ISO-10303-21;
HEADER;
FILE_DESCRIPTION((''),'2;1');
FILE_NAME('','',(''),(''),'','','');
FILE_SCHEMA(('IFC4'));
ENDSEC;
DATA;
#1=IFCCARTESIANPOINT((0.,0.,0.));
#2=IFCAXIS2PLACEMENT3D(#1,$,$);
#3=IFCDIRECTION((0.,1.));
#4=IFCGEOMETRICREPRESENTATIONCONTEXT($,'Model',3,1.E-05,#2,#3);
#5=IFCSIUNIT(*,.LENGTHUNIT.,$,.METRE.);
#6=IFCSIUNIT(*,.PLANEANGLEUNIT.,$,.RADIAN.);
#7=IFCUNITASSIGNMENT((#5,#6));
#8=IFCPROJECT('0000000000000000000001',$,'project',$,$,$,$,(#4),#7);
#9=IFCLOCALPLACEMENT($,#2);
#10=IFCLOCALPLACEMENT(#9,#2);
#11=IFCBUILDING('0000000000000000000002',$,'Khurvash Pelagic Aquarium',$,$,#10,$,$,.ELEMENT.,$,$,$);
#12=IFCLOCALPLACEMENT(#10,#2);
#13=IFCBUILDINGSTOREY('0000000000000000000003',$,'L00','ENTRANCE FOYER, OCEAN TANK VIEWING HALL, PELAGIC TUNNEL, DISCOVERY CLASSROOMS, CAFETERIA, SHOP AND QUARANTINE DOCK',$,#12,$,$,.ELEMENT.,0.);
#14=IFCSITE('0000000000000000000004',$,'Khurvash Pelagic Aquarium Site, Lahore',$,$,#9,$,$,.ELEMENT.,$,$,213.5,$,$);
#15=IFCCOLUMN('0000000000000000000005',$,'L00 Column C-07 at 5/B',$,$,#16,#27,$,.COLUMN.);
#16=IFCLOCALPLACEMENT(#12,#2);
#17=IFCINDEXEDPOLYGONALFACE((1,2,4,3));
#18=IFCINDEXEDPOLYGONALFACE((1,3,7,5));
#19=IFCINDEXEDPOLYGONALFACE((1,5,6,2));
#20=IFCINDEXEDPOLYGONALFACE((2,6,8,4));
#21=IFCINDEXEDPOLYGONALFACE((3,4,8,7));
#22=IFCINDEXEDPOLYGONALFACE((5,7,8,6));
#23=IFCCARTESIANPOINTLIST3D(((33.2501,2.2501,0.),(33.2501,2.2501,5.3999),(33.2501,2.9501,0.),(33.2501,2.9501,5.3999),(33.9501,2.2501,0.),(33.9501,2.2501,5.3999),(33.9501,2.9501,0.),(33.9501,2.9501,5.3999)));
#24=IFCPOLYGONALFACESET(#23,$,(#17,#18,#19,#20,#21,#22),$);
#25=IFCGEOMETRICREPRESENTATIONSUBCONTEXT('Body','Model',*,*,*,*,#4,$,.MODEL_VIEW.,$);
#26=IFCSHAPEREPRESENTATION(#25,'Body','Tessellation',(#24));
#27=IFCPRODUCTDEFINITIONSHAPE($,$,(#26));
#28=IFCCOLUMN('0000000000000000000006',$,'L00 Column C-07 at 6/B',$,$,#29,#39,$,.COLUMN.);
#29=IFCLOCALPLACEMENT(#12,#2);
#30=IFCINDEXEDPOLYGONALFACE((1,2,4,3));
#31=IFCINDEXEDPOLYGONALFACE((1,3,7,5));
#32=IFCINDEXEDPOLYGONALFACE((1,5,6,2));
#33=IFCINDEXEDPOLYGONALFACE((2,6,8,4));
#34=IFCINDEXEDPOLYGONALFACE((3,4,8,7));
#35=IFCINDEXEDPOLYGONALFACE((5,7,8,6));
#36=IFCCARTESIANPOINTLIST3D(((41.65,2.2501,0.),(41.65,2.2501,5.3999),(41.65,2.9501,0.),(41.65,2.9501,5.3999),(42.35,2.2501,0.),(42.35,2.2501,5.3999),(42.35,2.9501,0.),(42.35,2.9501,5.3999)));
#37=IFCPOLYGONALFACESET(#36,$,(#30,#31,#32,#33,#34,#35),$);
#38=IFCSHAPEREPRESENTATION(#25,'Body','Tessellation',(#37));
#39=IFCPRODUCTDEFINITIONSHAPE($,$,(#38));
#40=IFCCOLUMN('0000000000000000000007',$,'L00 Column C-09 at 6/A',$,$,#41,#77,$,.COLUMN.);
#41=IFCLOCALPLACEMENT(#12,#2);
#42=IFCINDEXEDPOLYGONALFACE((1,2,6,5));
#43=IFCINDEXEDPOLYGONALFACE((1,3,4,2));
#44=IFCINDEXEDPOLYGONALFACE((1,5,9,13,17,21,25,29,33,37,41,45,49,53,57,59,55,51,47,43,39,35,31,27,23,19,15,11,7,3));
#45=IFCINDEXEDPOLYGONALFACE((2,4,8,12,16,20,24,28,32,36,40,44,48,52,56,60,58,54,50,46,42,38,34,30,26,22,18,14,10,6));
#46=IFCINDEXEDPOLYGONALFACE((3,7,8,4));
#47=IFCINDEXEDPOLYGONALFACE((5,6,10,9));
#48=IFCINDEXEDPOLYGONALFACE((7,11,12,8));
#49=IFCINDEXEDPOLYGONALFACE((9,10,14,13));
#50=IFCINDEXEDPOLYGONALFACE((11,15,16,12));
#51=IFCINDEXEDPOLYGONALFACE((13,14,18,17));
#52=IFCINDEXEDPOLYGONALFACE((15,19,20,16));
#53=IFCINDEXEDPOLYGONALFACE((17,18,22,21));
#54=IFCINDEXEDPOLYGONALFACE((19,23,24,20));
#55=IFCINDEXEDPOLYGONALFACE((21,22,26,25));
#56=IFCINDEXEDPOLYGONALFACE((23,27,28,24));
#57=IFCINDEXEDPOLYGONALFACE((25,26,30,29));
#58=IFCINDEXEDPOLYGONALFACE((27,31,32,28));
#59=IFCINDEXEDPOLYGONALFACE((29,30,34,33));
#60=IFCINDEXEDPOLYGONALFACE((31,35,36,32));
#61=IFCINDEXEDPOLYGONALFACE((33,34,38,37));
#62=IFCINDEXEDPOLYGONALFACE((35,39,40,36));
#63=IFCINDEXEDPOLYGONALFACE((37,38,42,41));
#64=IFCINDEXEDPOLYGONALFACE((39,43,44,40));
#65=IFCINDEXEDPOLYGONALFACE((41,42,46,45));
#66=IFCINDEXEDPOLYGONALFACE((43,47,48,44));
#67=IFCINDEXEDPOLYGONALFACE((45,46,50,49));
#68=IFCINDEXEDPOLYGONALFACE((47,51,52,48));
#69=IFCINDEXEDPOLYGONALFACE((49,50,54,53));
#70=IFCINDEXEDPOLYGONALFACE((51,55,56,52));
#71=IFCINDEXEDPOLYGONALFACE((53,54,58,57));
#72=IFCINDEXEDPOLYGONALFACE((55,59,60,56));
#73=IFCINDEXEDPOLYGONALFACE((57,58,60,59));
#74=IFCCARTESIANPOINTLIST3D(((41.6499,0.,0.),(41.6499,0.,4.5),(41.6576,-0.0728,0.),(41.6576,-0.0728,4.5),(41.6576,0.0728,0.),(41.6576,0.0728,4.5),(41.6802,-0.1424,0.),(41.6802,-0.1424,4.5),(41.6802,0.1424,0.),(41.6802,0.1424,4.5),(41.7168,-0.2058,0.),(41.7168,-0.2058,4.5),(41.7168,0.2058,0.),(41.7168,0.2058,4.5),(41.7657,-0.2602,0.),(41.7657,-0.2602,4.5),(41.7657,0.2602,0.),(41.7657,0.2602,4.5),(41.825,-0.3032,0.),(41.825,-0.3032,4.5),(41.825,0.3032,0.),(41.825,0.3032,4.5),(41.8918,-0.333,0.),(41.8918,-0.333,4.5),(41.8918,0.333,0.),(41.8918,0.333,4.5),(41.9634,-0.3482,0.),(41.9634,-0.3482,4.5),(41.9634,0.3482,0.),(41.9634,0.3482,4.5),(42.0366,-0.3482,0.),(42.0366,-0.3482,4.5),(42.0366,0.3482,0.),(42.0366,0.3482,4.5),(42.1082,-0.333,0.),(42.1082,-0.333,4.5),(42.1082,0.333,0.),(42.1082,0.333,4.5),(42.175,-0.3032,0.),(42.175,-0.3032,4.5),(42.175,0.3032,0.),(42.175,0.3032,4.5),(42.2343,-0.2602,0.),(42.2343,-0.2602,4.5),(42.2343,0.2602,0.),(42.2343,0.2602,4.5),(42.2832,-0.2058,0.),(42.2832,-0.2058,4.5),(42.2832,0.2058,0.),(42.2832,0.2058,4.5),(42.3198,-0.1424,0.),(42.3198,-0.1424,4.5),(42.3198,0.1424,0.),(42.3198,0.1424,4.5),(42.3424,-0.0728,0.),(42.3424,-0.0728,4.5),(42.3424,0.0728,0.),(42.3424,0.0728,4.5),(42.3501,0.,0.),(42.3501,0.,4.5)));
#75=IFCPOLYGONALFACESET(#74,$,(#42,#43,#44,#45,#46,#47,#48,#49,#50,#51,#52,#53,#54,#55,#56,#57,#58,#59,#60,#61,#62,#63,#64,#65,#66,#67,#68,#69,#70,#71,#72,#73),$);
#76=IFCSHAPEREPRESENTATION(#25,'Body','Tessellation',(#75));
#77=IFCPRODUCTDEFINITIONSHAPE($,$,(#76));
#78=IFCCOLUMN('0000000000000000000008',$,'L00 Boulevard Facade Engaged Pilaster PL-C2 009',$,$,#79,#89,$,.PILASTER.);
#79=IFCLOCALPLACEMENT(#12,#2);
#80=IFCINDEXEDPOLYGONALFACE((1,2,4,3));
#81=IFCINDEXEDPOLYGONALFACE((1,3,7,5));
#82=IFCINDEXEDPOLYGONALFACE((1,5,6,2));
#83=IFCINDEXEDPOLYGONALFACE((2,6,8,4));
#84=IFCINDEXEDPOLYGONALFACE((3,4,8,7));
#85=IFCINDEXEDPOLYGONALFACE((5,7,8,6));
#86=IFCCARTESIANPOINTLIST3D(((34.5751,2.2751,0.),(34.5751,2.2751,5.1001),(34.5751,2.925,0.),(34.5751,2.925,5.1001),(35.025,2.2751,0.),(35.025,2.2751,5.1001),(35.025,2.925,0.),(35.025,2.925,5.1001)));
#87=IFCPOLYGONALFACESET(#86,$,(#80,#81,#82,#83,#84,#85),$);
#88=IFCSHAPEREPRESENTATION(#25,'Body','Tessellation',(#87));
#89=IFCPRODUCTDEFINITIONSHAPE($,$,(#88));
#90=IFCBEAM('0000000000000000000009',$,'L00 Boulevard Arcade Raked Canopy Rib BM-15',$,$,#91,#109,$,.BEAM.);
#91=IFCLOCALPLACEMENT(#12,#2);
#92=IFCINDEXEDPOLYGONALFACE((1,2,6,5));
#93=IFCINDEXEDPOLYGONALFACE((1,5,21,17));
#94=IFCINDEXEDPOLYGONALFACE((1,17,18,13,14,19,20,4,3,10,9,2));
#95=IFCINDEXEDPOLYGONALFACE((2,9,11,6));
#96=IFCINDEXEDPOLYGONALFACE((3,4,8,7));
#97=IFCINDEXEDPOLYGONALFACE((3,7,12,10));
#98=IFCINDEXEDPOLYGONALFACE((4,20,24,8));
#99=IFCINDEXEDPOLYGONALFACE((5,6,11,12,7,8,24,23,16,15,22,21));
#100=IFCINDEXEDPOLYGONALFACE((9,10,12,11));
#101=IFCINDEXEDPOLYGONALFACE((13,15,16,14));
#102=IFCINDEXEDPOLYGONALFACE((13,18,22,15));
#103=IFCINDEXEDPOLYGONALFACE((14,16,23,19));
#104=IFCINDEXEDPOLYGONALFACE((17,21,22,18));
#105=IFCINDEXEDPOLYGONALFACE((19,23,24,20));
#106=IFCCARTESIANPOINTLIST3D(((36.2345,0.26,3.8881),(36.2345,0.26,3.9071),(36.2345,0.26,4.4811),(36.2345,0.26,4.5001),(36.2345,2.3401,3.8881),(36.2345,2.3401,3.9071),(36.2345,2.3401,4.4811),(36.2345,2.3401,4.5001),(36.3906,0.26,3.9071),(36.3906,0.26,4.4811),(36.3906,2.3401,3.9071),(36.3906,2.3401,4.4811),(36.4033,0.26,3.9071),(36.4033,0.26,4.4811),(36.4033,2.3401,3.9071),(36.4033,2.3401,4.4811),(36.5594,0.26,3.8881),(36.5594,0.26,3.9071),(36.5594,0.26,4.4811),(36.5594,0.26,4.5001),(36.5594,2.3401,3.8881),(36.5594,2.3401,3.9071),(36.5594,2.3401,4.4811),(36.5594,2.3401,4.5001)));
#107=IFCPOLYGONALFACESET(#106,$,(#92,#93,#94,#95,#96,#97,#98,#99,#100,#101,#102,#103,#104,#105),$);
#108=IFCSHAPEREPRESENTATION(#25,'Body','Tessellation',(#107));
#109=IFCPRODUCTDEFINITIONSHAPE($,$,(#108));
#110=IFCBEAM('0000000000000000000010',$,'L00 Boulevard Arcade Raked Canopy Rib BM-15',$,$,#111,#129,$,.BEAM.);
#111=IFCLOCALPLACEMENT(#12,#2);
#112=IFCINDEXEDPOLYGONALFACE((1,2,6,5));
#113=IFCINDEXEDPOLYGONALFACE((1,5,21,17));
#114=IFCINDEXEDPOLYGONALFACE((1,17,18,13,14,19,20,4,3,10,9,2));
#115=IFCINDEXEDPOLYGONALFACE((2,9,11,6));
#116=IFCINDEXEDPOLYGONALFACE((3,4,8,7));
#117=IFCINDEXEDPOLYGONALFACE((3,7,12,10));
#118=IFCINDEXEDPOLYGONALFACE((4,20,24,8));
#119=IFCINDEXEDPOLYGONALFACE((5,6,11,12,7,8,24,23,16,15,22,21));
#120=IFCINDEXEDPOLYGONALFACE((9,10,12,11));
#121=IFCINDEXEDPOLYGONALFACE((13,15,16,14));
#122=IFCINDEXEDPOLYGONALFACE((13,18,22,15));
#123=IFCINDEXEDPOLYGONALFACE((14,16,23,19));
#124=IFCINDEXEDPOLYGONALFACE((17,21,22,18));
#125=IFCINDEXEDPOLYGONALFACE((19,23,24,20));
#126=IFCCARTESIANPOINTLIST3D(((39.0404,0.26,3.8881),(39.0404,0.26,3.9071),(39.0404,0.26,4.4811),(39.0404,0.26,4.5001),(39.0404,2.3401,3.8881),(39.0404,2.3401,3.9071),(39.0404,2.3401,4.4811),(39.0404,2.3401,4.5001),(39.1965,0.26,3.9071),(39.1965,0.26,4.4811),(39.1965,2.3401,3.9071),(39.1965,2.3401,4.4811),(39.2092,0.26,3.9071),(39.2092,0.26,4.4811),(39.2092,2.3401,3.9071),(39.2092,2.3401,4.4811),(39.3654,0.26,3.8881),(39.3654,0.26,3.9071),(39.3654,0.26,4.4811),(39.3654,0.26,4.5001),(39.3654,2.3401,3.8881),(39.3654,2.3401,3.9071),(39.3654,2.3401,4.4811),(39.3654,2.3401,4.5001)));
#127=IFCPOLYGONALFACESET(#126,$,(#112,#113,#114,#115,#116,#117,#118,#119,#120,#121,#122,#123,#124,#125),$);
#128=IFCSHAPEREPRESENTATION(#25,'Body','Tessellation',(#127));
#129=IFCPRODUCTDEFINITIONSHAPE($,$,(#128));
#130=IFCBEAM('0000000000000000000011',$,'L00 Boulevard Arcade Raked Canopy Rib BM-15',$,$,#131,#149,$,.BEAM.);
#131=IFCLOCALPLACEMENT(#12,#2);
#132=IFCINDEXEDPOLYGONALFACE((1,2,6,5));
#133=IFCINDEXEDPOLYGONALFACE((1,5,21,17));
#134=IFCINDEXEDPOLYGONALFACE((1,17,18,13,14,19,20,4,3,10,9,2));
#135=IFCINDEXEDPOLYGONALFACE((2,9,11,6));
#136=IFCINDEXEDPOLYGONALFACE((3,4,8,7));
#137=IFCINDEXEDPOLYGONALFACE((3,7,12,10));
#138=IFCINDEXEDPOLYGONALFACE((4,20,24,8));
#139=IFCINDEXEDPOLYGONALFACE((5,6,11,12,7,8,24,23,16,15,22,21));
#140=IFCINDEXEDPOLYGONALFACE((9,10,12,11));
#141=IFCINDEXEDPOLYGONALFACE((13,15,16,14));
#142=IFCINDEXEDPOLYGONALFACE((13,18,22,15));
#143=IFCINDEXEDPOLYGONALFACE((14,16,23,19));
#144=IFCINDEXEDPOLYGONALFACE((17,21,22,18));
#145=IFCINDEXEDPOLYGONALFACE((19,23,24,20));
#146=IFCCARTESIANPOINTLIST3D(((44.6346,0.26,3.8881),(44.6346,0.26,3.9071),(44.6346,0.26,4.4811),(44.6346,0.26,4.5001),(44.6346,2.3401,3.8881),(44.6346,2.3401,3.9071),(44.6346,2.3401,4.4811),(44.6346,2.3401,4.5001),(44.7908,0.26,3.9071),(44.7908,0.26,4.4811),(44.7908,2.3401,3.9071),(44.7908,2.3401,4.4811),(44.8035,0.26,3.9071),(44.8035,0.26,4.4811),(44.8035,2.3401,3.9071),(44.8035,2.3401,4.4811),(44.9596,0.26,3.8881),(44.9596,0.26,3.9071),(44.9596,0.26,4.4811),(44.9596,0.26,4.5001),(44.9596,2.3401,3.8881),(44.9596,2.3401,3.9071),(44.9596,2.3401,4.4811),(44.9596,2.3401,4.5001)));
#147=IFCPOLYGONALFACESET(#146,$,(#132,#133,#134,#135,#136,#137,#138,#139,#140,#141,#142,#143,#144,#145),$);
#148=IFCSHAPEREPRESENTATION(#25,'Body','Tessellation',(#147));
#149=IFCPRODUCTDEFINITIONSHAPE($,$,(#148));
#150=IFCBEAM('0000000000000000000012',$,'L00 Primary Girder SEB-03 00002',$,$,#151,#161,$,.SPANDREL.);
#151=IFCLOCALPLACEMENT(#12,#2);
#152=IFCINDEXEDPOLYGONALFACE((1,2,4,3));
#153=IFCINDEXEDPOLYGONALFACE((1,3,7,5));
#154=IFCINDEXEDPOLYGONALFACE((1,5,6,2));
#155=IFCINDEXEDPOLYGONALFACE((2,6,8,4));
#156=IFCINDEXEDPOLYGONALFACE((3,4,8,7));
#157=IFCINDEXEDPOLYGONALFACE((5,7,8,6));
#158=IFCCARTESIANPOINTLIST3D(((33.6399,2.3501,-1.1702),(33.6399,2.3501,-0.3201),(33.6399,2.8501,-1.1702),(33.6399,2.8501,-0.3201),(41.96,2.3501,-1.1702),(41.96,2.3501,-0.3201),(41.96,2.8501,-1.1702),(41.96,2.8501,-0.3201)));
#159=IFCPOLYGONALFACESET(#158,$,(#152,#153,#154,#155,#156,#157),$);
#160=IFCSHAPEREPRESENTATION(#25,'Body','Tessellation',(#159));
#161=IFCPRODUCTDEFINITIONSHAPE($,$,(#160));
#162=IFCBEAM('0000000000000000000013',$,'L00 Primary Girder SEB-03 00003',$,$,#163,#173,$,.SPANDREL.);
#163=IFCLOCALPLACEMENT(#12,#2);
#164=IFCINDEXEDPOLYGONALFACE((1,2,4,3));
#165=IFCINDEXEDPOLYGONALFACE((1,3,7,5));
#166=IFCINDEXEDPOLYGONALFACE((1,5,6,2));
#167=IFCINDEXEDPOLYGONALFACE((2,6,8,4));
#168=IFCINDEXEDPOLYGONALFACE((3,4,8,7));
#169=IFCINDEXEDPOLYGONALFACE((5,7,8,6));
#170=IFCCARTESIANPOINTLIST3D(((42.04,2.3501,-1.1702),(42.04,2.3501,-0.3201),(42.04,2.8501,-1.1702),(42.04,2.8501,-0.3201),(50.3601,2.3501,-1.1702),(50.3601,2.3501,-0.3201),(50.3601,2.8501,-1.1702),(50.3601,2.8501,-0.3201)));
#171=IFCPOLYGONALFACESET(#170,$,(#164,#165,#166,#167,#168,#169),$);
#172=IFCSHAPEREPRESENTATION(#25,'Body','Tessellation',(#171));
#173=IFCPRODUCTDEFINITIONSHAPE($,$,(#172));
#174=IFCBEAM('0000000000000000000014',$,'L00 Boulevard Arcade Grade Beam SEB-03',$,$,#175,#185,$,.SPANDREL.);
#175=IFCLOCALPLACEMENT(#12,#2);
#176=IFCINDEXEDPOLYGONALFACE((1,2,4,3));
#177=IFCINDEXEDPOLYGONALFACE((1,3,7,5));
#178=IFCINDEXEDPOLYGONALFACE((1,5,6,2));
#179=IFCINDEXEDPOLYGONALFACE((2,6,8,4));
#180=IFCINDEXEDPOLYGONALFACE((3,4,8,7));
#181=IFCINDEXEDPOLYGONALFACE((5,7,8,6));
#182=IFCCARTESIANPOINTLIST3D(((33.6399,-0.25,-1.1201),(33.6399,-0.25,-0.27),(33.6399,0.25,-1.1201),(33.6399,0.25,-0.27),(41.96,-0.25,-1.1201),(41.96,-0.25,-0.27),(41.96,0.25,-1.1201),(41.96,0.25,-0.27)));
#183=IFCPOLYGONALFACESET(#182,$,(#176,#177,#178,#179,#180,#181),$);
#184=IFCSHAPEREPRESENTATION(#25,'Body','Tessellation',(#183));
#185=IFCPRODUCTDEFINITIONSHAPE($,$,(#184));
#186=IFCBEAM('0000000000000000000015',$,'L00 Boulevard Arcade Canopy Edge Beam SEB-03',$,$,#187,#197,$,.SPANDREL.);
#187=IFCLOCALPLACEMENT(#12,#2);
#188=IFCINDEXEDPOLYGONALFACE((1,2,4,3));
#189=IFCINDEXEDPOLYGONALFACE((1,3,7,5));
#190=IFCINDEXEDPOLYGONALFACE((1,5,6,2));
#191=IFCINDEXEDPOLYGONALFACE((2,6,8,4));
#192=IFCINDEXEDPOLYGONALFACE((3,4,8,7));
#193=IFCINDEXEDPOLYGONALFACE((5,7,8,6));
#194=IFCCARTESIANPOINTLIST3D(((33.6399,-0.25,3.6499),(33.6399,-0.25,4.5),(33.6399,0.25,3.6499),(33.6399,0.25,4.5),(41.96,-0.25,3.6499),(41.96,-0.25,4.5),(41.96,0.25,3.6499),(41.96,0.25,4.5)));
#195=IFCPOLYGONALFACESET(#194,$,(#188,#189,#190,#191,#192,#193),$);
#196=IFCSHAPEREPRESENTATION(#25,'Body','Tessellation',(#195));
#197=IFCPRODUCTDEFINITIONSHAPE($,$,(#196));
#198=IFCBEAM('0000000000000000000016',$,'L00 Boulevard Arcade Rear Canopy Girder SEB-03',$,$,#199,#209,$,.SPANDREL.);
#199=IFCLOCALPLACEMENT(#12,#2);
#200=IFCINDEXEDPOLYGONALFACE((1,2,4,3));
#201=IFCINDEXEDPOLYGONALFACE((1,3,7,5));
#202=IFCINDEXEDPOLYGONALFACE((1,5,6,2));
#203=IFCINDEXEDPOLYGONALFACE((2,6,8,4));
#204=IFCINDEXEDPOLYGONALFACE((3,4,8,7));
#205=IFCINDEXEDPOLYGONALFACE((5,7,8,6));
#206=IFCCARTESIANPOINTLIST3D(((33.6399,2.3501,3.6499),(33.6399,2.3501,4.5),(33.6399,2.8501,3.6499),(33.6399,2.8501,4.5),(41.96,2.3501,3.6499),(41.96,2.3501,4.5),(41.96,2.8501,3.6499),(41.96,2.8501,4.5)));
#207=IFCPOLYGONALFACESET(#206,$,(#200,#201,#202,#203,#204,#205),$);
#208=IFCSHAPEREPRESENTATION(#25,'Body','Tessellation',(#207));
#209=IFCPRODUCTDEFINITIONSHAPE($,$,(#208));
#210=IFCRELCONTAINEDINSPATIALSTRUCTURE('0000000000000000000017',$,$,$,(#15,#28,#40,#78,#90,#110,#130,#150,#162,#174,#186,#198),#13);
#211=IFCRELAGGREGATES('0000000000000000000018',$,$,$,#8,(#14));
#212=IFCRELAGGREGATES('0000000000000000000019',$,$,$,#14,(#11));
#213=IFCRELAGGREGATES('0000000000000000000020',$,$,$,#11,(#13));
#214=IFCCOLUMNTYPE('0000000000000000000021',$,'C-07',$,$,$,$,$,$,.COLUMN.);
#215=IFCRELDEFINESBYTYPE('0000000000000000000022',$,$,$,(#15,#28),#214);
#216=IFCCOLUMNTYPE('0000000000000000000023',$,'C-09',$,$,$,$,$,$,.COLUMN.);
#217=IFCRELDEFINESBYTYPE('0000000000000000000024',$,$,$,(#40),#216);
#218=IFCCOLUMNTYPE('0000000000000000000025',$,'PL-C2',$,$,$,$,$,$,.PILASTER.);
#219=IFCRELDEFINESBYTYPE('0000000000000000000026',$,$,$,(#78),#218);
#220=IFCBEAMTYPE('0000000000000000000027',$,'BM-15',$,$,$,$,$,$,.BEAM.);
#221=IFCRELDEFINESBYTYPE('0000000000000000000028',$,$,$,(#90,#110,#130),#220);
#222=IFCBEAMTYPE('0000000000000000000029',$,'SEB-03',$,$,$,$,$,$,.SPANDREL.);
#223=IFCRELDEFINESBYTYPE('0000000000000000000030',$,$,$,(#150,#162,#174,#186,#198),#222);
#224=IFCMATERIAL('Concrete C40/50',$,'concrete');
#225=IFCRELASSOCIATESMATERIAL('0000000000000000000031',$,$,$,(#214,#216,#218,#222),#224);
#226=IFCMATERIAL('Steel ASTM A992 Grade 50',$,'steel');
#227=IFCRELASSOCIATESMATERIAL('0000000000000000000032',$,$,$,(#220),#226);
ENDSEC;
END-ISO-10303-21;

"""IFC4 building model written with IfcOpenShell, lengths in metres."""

from ifc_helpers import new_model, si_unit, direction, frame, origin, origin_2d, place, context, subcontext, project, spatial, rectangle, circle, i_section, extrude, material, material_profile, profile_set, type_object, element, save


model = new_model("IFC4")

# Units and contexts
model_context = context("Model", 3, precision=1e-05, world=origin(), true_north=direction((0.0, 1.0)))
body_context = subcontext(model_context, "Body", "Model", "MODEL_VIEW")
ifc_project = project(units=[si_unit("LENGTHUNIT", "METRE"), si_unit("PLANEANGLEUNIT", "RADIAN")], contexts=[model_context])

# Site, building, storey
site_placement = place(None, origin())
site = spatial("IfcSite", under=ifc_project, at=site_placement, Name="Khurvash Pelagic Aquarium Site, Lahore", CompositionType="ELEMENT", RefElevation=213.5)
building_placement = place(site_placement, origin())
building = spatial("IfcBuilding", under=site, at=building_placement, Name="Khurvash Pelagic Aquarium", CompositionType="ELEMENT")
storey_placement = place(building_placement, origin())
storey = spatial("IfcBuildingStorey", under=building, at=storey_placement, Name="L00", Description="ENTRANCE FOYER, OCEAN TANK VIEWING HALL, PELAGIC TUNNEL, DISCOVERY CLASSROOMS, CAFETERIA, SHOP AND QUARANTINE DOCK", CompositionType="ELEMENT", Elevation=0.0)

# Columns
ifc_material_1 = material(Name="Concrete C40/50", Category="concrete")
ifc_material_profile_1 = material_profile(ifc_material_1, rectangle(XDim=0.7, YDim=0.7, at=origin_2d()), Name="RC700X700")
ifc_profile_set_1 = profile_set([ifc_material_profile_1], Name="Concrete C40/50")
column_type_1 = type_object("IfcColumnType", Name="C-07", PredefinedType="COLUMN", material=ifc_profile_set_1)
for number, where, z_axis, x_axis, name in (
    (1, (33.6001, 2.6001, 0.0), (0.0, 0.0, 1.0), (1.0, 0.0, 0.0), "L00 Column C-07 at 5/B"),
    (2, (42.0, 2.6001, 0.0), (0.0, 0.0, 1.0), (1.0, 0.0, 0.0), "L00 Column C-07 at 6/B"),
):
    element("IfcColumn", number, at=place(storey_placement, frame(where, z_axis=z_axis, x_axis=x_axis)), inside=storey, type_object=column_type_1, Name=name, PredefinedType="COLUMN", context=body_context, shape_type="SweptSolid", body=[
        extrude(rectangle(XDim=0.7, YDim=0.7, at=origin_2d()), origin(), (0.0, 0.0, 1.0), 5.3999),
    ])
ifc_material_profile_2 = material_profile(ifc_material_1, circle(Radius=0.3501, at=origin_2d()), Name="RC700D")
ifc_profile_set_2 = profile_set([ifc_material_profile_2], Name="Concrete C40/50")
column_type_2 = type_object("IfcColumnType", Name="C-09", PredefinedType="COLUMN", material=ifc_profile_set_2)
column_1_placement = place(storey_placement, frame((42.0, 0.0, 0.0), z_axis=(0.0, 0.0, 1.0), x_axis=(1.0, 0.0, 0.0)))
element("IfcColumn", 3, at=column_1_placement, inside=storey, type_object=column_type_2, Name="L00 Column C-09 at 6/A", PredefinedType="COLUMN", context=body_context, shape_type="SweptSolid", body=[
    extrude(circle(Radius=0.3501, at=origin_2d()), origin(), (0.0, 0.0, 1.0), 4.5),
])
ifc_material_profile_3 = material_profile(ifc_material_1, rectangle(XDim=0.45, YDim=0.6499, at=origin_2d()), Name="RC450X650")
ifc_profile_set_3 = profile_set([ifc_material_profile_3], Name="Concrete C40/50")
column_type_3 = type_object("IfcColumnType", Name="PL-C2", PredefinedType="PILASTER", material=ifc_profile_set_3)
column_2_placement = place(storey_placement, frame((34.8, 2.6001, 0.0), z_axis=(0.0, 0.0, 1.0), x_axis=(1.0, 0.0, 0.0)))
element("IfcColumn", 4, at=column_2_placement, inside=storey, type_object=column_type_3, Name="L00 Boulevard Facade Engaged Pilaster PL-C2 009", PredefinedType="PILASTER", context=body_context, shape_type="SweptSolid", body=[
    extrude(rectangle(XDim=0.45, YDim=0.6499, at=origin_2d()), origin(), (0.0, 0.0, 1.0), 5.1001),
])

# Beams
ifc_material_2 = material(Name="Steel ASTM A992 Grade 50", Category="steel")
ifc_material_profile_4 = material_profile(ifc_material_2, i_section(OverallWidth=0.325, OverallDepth=0.6121, WebThickness=0.0127, FlangeThickness=0.019, at=origin_2d()), Name="W24X104")
ifc_profile_set_4 = profile_set([ifc_material_profile_4], Name="Steel ASTM A992 Grade 50")
beam_type_1 = type_object("IfcBeamType", Name="BM-15", PredefinedType="BEAM", material=ifc_profile_set_4)
for number, where, z_axis, x_axis, name in (
    (5, (36.397, 2.3401, 4.1941), (0.0, -1.0, 0.0), (1.0, 0.0, 0.0), "L00 Boulevard Arcade Raked Canopy Rib BM-15"),
    (6, (39.2029, 2.3401, 4.1941), (0.0, -1.0, 0.0), (1.0, 0.0, 0.0), "L00 Boulevard Arcade Raked Canopy Rib BM-15"),
    (7, (44.7971, 2.3401, 4.1941), (0.0, -1.0, 0.0), (1.0, 0.0, 0.0), "L00 Boulevard Arcade Raked Canopy Rib BM-15"),
):
    element("IfcBeam", number, at=place(storey_placement, frame(where, z_axis=z_axis, x_axis=x_axis)), inside=storey, type_object=beam_type_1, Name=name, PredefinedType="BEAM", context=body_context, shape_type="SweptSolid", body=[
        extrude(i_section(OverallWidth=0.325, OverallDepth=0.6121, WebThickness=0.0127, FlangeThickness=0.019, at=origin_2d()), origin(), (0.0, 0.0, 1.0), 2.0801),
    ])
ifc_material_profile_5 = material_profile(ifc_material_1, rectangle(XDim=0.5, YDim=0.8501, at=origin_2d()), Name="RC500X850")
ifc_profile_set_5 = profile_set([ifc_material_profile_5], Name="Concrete C40/50")
beam_type_2 = type_object("IfcBeamType", Name="SEB-03", PredefinedType="SPANDREL", material=ifc_profile_set_5)
for number, where, z_axis, x_axis, name in (
    (8, (33.6399, 2.6001, -0.7451), (1.0, 0.0, 0.0), (0.0, 1.0, 0.0), "L00 Primary Girder SEB-03 00002"),
    (9, (42.04, 2.6001, -0.7451), (1.0, 0.0, 0.0), (0.0, 1.0, 0.0), "L00 Primary Girder SEB-03 00003"),
    (10, (33.6399, 0.0, -0.6951), (1.0, 0.0, 0.0), (0.0, 1.0, 0.0), "L00 Boulevard Arcade Grade Beam SEB-03"),
    (11, (33.6399, 0.0, 4.075), (1.0, 0.0, 0.0), (0.0, 1.0, 0.0), "L00 Boulevard Arcade Canopy Edge Beam SEB-03"),
    (12, (33.6399, 2.6001, 4.075), (1.0, 0.0, 0.0), (0.0, 1.0, 0.0), "L00 Boulevard Arcade Rear Canopy Girder SEB-03"),
):
    element("IfcBeam", number, at=place(storey_placement, frame(where, z_axis=z_axis, x_axis=x_axis)), inside=storey, type_object=beam_type_2, Name=name, PredefinedType="SPANDREL", context=body_context, shape_type="SweptSolid", body=[
        extrude(rectangle(XDim=0.5, YDim=0.8501, at=origin_2d()), origin(), (0.0, 0.0, 1.0), 8.3201),
    ])

save(model, "model.ifc")
